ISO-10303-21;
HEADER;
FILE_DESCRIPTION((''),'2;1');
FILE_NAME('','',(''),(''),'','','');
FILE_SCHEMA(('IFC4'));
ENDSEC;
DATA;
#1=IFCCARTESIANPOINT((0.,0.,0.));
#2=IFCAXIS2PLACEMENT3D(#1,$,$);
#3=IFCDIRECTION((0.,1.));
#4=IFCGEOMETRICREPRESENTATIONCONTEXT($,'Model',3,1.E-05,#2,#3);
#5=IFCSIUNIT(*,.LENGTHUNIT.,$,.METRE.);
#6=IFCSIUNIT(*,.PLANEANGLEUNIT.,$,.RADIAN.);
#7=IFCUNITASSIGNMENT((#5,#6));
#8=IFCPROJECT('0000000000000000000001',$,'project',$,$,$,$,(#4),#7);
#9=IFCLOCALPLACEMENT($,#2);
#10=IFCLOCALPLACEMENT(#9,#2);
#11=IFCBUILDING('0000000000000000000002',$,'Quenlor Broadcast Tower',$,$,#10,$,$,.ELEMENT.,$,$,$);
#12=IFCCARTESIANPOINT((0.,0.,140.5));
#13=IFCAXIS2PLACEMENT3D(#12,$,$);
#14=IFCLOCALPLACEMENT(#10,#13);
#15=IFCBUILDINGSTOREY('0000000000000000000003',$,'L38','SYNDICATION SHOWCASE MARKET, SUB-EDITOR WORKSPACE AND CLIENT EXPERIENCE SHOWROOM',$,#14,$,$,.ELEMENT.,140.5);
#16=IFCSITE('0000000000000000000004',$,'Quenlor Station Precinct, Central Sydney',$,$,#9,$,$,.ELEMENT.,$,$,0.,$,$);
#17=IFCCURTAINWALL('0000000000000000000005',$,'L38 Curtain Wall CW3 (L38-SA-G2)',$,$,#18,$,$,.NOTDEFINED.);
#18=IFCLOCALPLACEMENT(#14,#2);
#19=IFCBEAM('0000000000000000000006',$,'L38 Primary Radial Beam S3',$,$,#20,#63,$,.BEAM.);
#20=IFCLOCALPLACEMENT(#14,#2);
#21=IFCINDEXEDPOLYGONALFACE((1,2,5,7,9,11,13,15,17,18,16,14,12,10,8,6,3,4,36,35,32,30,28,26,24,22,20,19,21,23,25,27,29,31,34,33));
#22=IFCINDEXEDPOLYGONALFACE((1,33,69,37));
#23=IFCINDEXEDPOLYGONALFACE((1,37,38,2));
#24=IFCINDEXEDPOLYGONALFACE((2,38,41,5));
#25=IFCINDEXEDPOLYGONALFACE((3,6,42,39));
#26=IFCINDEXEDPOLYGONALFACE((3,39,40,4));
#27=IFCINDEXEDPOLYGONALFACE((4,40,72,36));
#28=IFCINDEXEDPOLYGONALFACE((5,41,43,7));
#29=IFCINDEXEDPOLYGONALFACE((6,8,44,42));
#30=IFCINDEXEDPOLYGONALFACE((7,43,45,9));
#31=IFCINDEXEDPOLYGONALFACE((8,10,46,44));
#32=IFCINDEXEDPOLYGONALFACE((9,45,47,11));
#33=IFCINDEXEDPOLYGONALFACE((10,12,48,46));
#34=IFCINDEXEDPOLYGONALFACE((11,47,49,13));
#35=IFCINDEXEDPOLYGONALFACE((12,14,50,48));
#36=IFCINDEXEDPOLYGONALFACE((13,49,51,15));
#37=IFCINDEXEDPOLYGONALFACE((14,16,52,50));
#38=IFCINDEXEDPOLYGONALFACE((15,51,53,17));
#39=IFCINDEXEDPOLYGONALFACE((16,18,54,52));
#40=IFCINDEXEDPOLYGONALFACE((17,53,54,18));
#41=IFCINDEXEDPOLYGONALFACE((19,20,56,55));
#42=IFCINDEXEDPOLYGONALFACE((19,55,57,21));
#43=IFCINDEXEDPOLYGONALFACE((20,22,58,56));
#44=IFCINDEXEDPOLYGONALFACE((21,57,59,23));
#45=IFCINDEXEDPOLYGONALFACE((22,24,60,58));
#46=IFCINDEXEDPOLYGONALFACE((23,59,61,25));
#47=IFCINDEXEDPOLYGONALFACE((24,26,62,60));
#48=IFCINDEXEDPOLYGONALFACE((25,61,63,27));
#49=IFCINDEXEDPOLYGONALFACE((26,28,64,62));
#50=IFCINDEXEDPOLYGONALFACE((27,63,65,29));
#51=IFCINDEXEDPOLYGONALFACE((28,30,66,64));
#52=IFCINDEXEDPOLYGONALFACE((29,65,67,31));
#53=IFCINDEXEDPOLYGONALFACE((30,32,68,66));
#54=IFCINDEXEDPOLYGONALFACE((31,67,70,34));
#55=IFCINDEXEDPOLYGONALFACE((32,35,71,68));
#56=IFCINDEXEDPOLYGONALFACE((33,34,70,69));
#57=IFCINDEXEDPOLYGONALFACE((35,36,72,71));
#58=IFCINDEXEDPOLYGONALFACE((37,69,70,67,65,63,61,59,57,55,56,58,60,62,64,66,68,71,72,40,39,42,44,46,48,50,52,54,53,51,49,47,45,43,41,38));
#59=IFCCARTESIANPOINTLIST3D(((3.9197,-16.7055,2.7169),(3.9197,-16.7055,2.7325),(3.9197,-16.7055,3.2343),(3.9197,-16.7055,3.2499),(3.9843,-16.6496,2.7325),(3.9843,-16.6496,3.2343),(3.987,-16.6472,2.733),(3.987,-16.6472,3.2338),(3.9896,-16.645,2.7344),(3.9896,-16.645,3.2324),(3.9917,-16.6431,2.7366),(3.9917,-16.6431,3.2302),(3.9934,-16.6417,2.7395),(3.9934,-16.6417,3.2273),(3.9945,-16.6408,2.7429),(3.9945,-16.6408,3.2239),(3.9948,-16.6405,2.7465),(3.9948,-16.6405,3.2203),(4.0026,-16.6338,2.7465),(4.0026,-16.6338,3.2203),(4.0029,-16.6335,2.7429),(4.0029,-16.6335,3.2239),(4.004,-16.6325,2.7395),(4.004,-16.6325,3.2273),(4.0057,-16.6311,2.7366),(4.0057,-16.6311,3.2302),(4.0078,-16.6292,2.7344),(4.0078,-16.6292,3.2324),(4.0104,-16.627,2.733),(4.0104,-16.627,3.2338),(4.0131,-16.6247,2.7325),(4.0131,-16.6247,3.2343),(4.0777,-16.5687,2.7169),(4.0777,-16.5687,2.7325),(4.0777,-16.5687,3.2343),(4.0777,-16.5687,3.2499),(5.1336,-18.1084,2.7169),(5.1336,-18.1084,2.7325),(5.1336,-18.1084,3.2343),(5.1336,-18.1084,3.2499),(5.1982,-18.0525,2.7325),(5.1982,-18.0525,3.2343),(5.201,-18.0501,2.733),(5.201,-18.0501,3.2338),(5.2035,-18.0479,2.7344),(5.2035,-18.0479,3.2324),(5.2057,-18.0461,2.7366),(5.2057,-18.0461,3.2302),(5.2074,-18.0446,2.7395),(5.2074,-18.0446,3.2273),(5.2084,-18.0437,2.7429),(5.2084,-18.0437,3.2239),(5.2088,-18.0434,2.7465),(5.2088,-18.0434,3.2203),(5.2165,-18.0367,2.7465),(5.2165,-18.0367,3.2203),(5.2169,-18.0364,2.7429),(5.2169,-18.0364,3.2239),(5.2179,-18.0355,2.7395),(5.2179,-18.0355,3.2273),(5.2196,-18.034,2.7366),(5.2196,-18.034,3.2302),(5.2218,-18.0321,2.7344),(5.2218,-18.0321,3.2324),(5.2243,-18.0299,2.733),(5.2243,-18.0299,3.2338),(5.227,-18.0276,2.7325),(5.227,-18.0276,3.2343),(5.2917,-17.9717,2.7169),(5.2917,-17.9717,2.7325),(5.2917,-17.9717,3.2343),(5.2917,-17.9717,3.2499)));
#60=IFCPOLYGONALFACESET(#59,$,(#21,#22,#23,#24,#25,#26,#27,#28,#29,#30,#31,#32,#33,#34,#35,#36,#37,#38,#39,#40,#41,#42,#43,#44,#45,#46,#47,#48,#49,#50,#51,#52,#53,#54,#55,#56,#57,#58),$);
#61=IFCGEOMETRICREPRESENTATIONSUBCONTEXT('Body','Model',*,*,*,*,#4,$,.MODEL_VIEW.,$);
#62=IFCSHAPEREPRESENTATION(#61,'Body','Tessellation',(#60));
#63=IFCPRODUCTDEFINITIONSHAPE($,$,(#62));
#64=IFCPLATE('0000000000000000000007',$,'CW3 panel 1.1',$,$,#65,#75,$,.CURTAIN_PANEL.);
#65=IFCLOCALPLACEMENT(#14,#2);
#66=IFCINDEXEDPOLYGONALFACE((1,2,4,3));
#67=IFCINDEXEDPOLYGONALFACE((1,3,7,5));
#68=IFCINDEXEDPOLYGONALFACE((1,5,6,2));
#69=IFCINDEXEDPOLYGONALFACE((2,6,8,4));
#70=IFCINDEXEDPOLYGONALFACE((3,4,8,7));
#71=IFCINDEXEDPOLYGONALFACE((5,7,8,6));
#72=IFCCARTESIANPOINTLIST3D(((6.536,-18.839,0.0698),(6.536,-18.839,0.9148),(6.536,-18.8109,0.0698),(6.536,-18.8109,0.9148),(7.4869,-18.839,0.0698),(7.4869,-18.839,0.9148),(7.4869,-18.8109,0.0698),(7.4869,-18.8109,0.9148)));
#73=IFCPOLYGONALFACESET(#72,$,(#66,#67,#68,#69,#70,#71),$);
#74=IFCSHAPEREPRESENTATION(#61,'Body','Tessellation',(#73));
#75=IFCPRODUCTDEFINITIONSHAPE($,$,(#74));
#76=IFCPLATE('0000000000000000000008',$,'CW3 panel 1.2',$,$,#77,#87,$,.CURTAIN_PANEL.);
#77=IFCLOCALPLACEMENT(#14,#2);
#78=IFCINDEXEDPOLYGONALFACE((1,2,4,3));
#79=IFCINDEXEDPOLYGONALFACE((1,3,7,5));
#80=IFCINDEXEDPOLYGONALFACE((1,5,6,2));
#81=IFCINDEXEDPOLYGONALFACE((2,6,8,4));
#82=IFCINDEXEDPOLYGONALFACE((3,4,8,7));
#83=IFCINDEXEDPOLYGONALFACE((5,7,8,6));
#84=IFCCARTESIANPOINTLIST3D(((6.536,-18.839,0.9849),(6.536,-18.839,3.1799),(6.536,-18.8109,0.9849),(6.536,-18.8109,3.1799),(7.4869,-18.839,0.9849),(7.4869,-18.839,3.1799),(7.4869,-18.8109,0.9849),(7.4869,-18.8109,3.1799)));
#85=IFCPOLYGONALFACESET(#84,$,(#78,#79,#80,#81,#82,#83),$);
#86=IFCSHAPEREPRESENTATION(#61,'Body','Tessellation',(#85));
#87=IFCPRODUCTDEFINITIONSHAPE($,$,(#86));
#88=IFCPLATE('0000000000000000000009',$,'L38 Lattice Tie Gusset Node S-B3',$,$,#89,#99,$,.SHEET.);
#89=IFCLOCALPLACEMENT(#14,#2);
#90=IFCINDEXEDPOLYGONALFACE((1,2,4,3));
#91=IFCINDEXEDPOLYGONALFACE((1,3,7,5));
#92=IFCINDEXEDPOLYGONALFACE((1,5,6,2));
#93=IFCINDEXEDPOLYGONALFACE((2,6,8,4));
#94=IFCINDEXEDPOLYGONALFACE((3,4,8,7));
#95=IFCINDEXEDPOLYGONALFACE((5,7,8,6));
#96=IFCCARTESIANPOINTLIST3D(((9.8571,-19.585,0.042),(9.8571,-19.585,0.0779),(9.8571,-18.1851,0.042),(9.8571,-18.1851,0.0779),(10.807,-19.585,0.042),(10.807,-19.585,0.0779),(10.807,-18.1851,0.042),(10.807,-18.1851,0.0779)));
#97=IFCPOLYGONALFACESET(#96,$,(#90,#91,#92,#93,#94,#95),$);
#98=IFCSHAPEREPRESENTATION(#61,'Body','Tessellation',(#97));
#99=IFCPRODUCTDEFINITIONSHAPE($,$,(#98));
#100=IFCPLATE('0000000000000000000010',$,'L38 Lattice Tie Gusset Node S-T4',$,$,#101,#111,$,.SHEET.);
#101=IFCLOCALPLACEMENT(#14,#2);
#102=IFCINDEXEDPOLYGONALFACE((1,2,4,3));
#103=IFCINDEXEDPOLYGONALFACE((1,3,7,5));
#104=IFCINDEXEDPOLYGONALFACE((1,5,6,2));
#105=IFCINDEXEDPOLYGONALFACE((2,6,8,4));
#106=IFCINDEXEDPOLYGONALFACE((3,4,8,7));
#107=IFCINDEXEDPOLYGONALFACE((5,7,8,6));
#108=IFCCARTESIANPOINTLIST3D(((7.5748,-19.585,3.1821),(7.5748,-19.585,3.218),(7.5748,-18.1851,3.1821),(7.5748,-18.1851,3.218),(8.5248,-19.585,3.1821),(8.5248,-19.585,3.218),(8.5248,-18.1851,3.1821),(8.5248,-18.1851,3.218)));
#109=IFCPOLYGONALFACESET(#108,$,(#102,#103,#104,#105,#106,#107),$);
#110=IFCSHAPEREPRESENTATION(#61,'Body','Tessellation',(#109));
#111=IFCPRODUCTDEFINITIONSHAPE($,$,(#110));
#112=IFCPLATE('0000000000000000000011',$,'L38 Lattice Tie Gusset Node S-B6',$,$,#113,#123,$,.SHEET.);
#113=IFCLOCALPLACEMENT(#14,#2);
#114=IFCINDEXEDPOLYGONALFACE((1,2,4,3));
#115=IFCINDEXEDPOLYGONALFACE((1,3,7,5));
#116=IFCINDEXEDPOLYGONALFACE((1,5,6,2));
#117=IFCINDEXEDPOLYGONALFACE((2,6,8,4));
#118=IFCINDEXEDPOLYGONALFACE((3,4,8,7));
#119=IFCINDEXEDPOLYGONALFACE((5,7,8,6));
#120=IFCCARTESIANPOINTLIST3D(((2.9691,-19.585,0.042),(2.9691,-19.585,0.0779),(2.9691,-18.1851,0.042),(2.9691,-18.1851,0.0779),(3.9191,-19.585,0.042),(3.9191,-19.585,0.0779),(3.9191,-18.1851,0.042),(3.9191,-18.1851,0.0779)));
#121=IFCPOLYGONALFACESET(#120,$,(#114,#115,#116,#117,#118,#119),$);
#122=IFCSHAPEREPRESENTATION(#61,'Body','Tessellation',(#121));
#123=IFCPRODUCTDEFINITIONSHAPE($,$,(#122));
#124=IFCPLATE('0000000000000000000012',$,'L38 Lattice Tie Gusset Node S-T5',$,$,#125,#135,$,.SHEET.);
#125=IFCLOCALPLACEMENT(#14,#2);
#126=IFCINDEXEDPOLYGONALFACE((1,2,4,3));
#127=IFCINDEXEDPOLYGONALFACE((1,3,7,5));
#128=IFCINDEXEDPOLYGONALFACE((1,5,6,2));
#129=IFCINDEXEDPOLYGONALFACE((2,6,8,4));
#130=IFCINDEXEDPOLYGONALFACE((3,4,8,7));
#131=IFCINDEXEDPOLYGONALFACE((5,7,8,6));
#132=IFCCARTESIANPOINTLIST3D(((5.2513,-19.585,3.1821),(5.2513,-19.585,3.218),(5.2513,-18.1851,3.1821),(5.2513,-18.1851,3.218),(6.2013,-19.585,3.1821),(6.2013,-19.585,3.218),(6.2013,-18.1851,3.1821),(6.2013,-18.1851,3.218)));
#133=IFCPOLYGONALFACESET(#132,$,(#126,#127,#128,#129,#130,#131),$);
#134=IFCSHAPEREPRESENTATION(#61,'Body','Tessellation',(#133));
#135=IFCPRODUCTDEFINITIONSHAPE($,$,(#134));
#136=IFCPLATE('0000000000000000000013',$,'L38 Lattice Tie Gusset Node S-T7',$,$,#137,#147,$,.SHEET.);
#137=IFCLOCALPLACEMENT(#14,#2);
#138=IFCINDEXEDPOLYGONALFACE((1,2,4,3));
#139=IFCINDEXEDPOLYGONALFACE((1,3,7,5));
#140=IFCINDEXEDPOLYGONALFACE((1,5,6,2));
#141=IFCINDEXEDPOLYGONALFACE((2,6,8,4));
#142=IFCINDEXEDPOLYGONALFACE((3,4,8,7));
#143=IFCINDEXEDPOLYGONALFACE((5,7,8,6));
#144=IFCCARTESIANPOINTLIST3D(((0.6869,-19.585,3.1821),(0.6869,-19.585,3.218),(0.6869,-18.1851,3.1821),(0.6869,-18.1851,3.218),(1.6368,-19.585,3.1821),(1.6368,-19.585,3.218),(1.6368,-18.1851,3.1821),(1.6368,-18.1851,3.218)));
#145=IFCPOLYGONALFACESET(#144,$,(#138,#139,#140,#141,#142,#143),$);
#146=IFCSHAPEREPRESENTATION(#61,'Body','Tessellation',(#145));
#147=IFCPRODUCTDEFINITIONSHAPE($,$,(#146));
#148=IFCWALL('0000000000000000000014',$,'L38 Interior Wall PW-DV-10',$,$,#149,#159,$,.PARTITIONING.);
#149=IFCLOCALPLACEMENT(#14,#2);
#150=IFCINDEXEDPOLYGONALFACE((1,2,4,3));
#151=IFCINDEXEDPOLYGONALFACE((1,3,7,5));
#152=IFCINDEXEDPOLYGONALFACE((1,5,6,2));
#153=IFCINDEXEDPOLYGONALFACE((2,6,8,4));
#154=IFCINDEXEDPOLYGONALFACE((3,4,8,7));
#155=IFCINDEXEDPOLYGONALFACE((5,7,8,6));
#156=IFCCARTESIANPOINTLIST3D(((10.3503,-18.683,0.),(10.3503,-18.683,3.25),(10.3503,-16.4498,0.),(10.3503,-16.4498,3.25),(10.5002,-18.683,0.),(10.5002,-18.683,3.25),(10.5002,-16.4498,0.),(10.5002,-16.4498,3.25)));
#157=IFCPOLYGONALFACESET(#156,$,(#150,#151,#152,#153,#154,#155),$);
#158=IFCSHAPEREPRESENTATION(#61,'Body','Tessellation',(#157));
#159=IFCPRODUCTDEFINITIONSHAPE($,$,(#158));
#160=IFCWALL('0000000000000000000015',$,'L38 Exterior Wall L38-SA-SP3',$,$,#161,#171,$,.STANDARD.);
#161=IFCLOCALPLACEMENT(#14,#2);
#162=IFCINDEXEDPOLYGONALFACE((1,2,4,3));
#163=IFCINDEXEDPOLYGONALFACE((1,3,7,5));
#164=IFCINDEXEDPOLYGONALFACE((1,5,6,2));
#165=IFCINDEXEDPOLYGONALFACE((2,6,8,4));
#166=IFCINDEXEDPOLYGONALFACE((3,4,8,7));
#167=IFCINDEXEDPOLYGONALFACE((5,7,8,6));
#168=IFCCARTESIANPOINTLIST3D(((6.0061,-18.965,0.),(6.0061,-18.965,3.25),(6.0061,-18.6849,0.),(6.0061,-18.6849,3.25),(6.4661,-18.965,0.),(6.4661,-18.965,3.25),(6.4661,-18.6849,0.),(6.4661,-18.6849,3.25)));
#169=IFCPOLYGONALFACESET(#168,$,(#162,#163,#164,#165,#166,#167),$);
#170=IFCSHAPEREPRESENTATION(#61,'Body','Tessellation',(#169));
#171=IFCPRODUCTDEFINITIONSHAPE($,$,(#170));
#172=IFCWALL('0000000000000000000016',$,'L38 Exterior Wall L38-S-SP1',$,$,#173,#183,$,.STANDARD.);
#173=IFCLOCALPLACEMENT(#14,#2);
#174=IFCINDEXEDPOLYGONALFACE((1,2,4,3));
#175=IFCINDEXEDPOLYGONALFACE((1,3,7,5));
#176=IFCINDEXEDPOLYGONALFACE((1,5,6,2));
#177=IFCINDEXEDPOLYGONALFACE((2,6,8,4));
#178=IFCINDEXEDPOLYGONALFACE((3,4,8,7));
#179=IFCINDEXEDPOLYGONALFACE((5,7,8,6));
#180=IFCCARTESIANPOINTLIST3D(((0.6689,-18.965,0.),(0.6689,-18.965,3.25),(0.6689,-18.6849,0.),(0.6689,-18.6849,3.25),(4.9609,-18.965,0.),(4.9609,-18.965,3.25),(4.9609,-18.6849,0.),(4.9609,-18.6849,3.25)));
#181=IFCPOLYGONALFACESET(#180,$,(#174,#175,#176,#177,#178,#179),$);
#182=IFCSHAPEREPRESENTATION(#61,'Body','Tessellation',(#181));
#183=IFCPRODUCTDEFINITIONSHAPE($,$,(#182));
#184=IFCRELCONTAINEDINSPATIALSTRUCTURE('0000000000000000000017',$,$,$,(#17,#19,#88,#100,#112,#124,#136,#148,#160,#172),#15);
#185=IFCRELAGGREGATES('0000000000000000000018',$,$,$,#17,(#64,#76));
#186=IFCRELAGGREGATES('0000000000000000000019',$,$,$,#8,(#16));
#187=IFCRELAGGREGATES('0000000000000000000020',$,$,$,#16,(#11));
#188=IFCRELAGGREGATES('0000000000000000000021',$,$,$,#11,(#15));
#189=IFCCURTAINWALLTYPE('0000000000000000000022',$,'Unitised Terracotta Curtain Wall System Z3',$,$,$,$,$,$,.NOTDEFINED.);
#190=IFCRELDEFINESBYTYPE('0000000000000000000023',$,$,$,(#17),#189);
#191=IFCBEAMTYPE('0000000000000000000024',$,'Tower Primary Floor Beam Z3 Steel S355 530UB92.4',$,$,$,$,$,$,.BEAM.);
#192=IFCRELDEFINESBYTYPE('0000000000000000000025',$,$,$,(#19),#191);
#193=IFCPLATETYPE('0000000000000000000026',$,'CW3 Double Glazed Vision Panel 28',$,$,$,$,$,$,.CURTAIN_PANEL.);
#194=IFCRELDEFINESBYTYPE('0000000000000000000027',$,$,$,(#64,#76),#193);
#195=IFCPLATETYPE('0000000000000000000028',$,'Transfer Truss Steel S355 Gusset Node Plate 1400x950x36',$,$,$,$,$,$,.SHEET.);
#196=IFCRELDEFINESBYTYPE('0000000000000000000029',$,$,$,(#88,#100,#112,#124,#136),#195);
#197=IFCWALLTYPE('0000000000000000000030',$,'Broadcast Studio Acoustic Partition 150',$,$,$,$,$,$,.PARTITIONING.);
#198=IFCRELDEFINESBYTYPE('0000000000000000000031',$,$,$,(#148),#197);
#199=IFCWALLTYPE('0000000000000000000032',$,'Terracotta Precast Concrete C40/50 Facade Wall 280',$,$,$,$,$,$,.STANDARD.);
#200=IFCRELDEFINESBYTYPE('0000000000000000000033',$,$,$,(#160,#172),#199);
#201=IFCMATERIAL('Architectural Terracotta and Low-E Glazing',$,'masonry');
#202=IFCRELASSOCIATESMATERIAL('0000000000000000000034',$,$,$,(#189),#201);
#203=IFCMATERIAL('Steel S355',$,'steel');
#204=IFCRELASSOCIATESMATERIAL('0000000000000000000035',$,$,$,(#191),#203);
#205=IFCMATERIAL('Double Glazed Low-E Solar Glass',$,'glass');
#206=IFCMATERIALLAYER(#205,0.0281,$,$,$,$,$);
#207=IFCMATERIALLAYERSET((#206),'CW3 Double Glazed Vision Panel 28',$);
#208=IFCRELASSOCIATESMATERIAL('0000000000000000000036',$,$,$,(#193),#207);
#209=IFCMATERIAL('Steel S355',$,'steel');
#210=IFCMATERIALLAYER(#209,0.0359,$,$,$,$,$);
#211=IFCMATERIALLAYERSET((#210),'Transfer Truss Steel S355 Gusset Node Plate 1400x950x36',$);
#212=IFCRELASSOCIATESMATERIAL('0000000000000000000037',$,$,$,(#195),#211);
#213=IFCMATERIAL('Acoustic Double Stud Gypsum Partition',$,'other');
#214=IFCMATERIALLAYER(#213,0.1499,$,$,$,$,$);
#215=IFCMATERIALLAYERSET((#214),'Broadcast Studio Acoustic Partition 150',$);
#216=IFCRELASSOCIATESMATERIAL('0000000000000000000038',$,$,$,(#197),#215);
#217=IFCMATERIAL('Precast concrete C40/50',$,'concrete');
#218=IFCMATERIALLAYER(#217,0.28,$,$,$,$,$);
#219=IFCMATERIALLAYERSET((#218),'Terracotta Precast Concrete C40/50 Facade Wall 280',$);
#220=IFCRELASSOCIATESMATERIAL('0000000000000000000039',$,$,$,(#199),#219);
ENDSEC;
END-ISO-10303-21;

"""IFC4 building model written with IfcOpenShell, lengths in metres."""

from ifc_helpers import new_model, si_unit, direction, frame, frame_2d, origin, origin_2d, place, context, subcontext, project, spatial, rectangle, i_section, extrude, material, layer, layer_set, material_profile, profile_set, type_object, element, aggregate, save


model = new_model("IFC4")

# Units and contexts
model_context = context("Model", 3, precision=1e-05, world=origin(), true_north=direction((0.0, 1.0)))
body_context = subcontext(model_context, "Body", "Model", "MODEL_VIEW")
ifc_project = project(units=[si_unit("LENGTHUNIT", "METRE"), si_unit("PLANEANGLEUNIT", "RADIAN")], contexts=[model_context])

# Site, building, storey
site_placement = place(None, origin())
site = spatial("IfcSite", under=ifc_project, at=site_placement, Name="Quenlor Station Precinct, Central Sydney", CompositionType="ELEMENT", RefElevation=0.0)
building_placement = place(site_placement, origin())
building = spatial("IfcBuilding", under=site, at=building_placement, Name="Quenlor Broadcast Tower", CompositionType="ELEMENT")
storey_placement = place(building_placement, frame((0.0, 0.0, 140.5)))
storey = spatial("IfcBuildingStorey", under=building, at=storey_placement, Name="L38", Description="SYNDICATION SHOWCASE MARKET, SUB-EDITOR WORKSPACE AND CLIENT EXPERIENCE SHOWROOM", CompositionType="ELEMENT", Elevation=140.5)

# Curtain wall
ifc_material_1 = material(Name="Architectural Terracotta and Low-E Glazing", Category="masonry")
curtain_wall_type = type_object("IfcCurtainWallType", Name="Unitised Terracotta Curtain Wall System Z3", PredefinedType="NOTDEFINED", material=ifc_material_1)
curtain_wall_1_placement = place(storey_placement, origin())
curtain_wall_1 = element("IfcCurtainWall", 1, at=curtain_wall_1_placement, inside=storey, type_object=curtain_wall_type, Name="L38 Curtain Wall CW3 (L38-SA-G2)", PredefinedType="NOTDEFINED")

# Beam
ifc_material_2 = material(Name="Steel S355", Category="steel")
ifc_material_profile_1 = material_profile(ifc_material_2, i_section(OverallWidth=0.209, OverallDepth=0.533, WebThickness=0.0103, FlangeThickness=0.0156, FilletRadius=0.0139, at=origin_2d()))
ifc_profile_set_1 = profile_set([ifc_material_profile_1], Name="Steel S355 530UB92.4")
beam_type_1 = type_object("IfcBeamType", Name="Tower Primary Floor Beam Z3 Steel S355 530UB92.4", PredefinedType="BEAM", material=ifc_profile_set_1)
beam_1_placement = place(storey_placement, frame((5.2126, -18.04, 2.9834), z_axis=(-0.654339, 0.756201, 0.0), x_axis=(-0.756201, -0.654339, 0.0)))
element("IfcBeam", 2, at=beam_1_placement, inside=storey, type_object=beam_type_1, Name="L38 Primary Radial Beam S3", PredefinedType="BEAM", context=body_context, shape_type="SweptSolid", body=[
    extrude(i_section(OverallWidth=0.209, OverallDepth=0.533, WebThickness=0.0103, FlangeThickness=0.0156, FilletRadius=0.0139, at=origin_2d()), origin(), (0.0, 0.0, 1.0), 1.8552),
])

# Plates
ifc_material_3 = material(Name="Double Glazed Low-E Solar Glass", Category="glass")
ifc_layer_1 = layer(ifc_material_3, 0.0281)
ifc_layer_set_1 = layer_set([ifc_layer_1], Name="CW3 Double Glazed Vision Panel 28")
plate_type_1 = type_object("IfcPlateType", Name="CW3 Double Glazed Vision Panel 28", PredefinedType="CURTAIN_PANEL", material=ifc_layer_set_1)
plate_1_placement = place(storey_placement, frame((7.0115, -18.825, 0.0698), z_axis=(0.0, 0.0, 1.0), x_axis=(-1.0, 0.0, 0.0)))
plate_1 = element("IfcPlate", 3, at=plate_1_placement, type_object=plate_type_1, Name="CW3 panel 1.1", PredefinedType="CURTAIN_PANEL", context=body_context, shape_type="SweptSolid", body=[
    extrude(rectangle(XDim=0.9509, YDim=0.0281, at=origin_2d()), origin(), (0.0, 0.0, 1.0), 0.845),
])
plate_2_placement = place(storey_placement, frame((7.0115, -18.825, 0.9849), z_axis=(0.0, 0.0, 1.0), x_axis=(-1.0, 0.0, 0.0)))
plate_2 = element("IfcPlate", 4, at=plate_2_placement, type_object=plate_type_1, Name="CW3 panel 1.2", PredefinedType="CURTAIN_PANEL", context=body_context, shape_type="SweptSolid", body=[
    extrude(rectangle(XDim=0.9509, YDim=0.0281, at=origin_2d()), origin(), (0.0, 0.0, 1.0), 2.1951),
])
aggregate(curtain_wall_1, [plate_1, plate_2])

# Plates
ifc_material_4 = material(Name="Steel S355", Category="steel")
ifc_layer_2 = layer(ifc_material_4, 0.0359)
ifc_layer_set_2 = layer_set([ifc_layer_2], Name="Transfer Truss Steel S355 Gusset Node Plate 1400x950x36")
plate_type_2 = type_object("IfcPlateType", Name="Transfer Truss Steel S355 Gusset Node Plate 1400x950x36", PredefinedType="SHEET", material=ifc_layer_set_2)
for number, where, z_axis, x_axis, name in (
    (5, (10.332, -18.885, 0.042), (0.0, 0.0, 1.0), (0.0, -1.0, 0.0), "L38 Lattice Tie Gusset Node S-B3"),
    (6, (8.0498, -18.885, 3.1821), (0.0, 0.0, 1.0), (0.0, -1.0, 0.0), "L38 Lattice Tie Gusset Node S-T4"),
    (7, (3.4441, -18.885, 0.042), (0.0, 0.0, 1.0), (0.0, -1.0, 0.0), "L38 Lattice Tie Gusset Node S-B6"),
    (8, (5.7263, -18.885, 3.1821), (0.0, 0.0, 1.0), (0.0, -1.0, 0.0), "L38 Lattice Tie Gusset Node S-T5"),
    (9, (1.1619, -18.885, 3.1821), (0.0, 0.0, 1.0), (0.0, -1.0, 0.0), "L38 Lattice Tie Gusset Node S-T7"),
):
    element("IfcPlate", number, at=place(storey_placement, frame(where, z_axis=z_axis, x_axis=x_axis)), inside=storey, type_object=plate_type_2, Name=name, PredefinedType="SHEET", context=body_context, shape_type="SweptSolid", body=[
        extrude(rectangle(XDim=1.3999, YDim=0.95, at=origin_2d()), origin(), (0.0, 0.0, 1.0), 0.0359),
    ])

# Walls
ifc_material_5 = material(Name="Acoustic Double Stud Gypsum Partition", Category="other")
ifc_layer_3 = layer(ifc_material_5, 0.1499)
ifc_layer_set_3 = layer_set([ifc_layer_3], Name="Broadcast Studio Acoustic Partition 150")
wall_type_1 = type_object("IfcWallType", Name="Broadcast Studio Acoustic Partition 150", PredefinedType="PARTITIONING", material=ifc_layer_set_3)
wall_1_placement = place(storey_placement, frame((10.4253, -18.6831, 0.0), z_axis=(0.0, 0.0, 1.0), x_axis=(0.0, 1.0, 0.0)))
element("IfcWall", 10, at=wall_1_placement, inside=storey, type_object=wall_type_1, Name="L38 Interior Wall PW-DV-10", PredefinedType="PARTITIONING", context=body_context, shape_type="SweptSolid", body=[
    extrude(rectangle(XDim=2.2332, YDim=0.1499, at=frame_2d((1.1167, 0.0))), origin(), (0.0, 0.0, 1.0), 3.25),
])
ifc_material_6 = material(Name="Precast concrete C40/50", Category="concrete")
ifc_layer_4 = layer(ifc_material_6, 0.28)
ifc_layer_set_4 = layer_set([ifc_layer_4], Name="Terracotta Precast Concrete C40/50 Facade Wall 280")
wall_type_2 = type_object("IfcWallType", Name="Terracotta Precast Concrete C40/50 Facade Wall 280", PredefinedType="STANDARD", material=ifc_layer_set_4)
wall_2_placement = place(storey_placement, frame((6.4661, -18.825, 0.0), z_axis=(0.0, 0.0, 1.0), x_axis=(-1.0, 0.0, 0.0)))
element("IfcWall", 11, at=wall_2_placement, inside=storey, type_object=wall_type_2, Name="L38 Exterior Wall L38-SA-SP3", PredefinedType="STANDARD", context=body_context, shape_type="SweptSolid", body=[
    extrude(rectangle(XDim=0.46, YDim=0.28, at=frame_2d((0.23, 0.0))), origin(), (0.0, 0.0, 1.0), 3.25),
])
wall_3_placement = place(storey_placement, frame((4.9609, -18.825, 0.0), z_axis=(0.0, 0.0, 1.0), x_axis=(-1.0, 0.0, 0.0)))
element("IfcWall", 12, at=wall_3_placement, inside=storey, type_object=wall_type_2, Name="L38 Exterior Wall L38-S-SP1", PredefinedType="STANDARD", context=body_context, shape_type="SweptSolid", body=[
    extrude(rectangle(XDim=4.292, YDim=0.28, at=frame_2d((2.146, 0.0))), origin(), (0.0, 0.0, 1.0), 3.25),
])

save(model, "model.ifc")
